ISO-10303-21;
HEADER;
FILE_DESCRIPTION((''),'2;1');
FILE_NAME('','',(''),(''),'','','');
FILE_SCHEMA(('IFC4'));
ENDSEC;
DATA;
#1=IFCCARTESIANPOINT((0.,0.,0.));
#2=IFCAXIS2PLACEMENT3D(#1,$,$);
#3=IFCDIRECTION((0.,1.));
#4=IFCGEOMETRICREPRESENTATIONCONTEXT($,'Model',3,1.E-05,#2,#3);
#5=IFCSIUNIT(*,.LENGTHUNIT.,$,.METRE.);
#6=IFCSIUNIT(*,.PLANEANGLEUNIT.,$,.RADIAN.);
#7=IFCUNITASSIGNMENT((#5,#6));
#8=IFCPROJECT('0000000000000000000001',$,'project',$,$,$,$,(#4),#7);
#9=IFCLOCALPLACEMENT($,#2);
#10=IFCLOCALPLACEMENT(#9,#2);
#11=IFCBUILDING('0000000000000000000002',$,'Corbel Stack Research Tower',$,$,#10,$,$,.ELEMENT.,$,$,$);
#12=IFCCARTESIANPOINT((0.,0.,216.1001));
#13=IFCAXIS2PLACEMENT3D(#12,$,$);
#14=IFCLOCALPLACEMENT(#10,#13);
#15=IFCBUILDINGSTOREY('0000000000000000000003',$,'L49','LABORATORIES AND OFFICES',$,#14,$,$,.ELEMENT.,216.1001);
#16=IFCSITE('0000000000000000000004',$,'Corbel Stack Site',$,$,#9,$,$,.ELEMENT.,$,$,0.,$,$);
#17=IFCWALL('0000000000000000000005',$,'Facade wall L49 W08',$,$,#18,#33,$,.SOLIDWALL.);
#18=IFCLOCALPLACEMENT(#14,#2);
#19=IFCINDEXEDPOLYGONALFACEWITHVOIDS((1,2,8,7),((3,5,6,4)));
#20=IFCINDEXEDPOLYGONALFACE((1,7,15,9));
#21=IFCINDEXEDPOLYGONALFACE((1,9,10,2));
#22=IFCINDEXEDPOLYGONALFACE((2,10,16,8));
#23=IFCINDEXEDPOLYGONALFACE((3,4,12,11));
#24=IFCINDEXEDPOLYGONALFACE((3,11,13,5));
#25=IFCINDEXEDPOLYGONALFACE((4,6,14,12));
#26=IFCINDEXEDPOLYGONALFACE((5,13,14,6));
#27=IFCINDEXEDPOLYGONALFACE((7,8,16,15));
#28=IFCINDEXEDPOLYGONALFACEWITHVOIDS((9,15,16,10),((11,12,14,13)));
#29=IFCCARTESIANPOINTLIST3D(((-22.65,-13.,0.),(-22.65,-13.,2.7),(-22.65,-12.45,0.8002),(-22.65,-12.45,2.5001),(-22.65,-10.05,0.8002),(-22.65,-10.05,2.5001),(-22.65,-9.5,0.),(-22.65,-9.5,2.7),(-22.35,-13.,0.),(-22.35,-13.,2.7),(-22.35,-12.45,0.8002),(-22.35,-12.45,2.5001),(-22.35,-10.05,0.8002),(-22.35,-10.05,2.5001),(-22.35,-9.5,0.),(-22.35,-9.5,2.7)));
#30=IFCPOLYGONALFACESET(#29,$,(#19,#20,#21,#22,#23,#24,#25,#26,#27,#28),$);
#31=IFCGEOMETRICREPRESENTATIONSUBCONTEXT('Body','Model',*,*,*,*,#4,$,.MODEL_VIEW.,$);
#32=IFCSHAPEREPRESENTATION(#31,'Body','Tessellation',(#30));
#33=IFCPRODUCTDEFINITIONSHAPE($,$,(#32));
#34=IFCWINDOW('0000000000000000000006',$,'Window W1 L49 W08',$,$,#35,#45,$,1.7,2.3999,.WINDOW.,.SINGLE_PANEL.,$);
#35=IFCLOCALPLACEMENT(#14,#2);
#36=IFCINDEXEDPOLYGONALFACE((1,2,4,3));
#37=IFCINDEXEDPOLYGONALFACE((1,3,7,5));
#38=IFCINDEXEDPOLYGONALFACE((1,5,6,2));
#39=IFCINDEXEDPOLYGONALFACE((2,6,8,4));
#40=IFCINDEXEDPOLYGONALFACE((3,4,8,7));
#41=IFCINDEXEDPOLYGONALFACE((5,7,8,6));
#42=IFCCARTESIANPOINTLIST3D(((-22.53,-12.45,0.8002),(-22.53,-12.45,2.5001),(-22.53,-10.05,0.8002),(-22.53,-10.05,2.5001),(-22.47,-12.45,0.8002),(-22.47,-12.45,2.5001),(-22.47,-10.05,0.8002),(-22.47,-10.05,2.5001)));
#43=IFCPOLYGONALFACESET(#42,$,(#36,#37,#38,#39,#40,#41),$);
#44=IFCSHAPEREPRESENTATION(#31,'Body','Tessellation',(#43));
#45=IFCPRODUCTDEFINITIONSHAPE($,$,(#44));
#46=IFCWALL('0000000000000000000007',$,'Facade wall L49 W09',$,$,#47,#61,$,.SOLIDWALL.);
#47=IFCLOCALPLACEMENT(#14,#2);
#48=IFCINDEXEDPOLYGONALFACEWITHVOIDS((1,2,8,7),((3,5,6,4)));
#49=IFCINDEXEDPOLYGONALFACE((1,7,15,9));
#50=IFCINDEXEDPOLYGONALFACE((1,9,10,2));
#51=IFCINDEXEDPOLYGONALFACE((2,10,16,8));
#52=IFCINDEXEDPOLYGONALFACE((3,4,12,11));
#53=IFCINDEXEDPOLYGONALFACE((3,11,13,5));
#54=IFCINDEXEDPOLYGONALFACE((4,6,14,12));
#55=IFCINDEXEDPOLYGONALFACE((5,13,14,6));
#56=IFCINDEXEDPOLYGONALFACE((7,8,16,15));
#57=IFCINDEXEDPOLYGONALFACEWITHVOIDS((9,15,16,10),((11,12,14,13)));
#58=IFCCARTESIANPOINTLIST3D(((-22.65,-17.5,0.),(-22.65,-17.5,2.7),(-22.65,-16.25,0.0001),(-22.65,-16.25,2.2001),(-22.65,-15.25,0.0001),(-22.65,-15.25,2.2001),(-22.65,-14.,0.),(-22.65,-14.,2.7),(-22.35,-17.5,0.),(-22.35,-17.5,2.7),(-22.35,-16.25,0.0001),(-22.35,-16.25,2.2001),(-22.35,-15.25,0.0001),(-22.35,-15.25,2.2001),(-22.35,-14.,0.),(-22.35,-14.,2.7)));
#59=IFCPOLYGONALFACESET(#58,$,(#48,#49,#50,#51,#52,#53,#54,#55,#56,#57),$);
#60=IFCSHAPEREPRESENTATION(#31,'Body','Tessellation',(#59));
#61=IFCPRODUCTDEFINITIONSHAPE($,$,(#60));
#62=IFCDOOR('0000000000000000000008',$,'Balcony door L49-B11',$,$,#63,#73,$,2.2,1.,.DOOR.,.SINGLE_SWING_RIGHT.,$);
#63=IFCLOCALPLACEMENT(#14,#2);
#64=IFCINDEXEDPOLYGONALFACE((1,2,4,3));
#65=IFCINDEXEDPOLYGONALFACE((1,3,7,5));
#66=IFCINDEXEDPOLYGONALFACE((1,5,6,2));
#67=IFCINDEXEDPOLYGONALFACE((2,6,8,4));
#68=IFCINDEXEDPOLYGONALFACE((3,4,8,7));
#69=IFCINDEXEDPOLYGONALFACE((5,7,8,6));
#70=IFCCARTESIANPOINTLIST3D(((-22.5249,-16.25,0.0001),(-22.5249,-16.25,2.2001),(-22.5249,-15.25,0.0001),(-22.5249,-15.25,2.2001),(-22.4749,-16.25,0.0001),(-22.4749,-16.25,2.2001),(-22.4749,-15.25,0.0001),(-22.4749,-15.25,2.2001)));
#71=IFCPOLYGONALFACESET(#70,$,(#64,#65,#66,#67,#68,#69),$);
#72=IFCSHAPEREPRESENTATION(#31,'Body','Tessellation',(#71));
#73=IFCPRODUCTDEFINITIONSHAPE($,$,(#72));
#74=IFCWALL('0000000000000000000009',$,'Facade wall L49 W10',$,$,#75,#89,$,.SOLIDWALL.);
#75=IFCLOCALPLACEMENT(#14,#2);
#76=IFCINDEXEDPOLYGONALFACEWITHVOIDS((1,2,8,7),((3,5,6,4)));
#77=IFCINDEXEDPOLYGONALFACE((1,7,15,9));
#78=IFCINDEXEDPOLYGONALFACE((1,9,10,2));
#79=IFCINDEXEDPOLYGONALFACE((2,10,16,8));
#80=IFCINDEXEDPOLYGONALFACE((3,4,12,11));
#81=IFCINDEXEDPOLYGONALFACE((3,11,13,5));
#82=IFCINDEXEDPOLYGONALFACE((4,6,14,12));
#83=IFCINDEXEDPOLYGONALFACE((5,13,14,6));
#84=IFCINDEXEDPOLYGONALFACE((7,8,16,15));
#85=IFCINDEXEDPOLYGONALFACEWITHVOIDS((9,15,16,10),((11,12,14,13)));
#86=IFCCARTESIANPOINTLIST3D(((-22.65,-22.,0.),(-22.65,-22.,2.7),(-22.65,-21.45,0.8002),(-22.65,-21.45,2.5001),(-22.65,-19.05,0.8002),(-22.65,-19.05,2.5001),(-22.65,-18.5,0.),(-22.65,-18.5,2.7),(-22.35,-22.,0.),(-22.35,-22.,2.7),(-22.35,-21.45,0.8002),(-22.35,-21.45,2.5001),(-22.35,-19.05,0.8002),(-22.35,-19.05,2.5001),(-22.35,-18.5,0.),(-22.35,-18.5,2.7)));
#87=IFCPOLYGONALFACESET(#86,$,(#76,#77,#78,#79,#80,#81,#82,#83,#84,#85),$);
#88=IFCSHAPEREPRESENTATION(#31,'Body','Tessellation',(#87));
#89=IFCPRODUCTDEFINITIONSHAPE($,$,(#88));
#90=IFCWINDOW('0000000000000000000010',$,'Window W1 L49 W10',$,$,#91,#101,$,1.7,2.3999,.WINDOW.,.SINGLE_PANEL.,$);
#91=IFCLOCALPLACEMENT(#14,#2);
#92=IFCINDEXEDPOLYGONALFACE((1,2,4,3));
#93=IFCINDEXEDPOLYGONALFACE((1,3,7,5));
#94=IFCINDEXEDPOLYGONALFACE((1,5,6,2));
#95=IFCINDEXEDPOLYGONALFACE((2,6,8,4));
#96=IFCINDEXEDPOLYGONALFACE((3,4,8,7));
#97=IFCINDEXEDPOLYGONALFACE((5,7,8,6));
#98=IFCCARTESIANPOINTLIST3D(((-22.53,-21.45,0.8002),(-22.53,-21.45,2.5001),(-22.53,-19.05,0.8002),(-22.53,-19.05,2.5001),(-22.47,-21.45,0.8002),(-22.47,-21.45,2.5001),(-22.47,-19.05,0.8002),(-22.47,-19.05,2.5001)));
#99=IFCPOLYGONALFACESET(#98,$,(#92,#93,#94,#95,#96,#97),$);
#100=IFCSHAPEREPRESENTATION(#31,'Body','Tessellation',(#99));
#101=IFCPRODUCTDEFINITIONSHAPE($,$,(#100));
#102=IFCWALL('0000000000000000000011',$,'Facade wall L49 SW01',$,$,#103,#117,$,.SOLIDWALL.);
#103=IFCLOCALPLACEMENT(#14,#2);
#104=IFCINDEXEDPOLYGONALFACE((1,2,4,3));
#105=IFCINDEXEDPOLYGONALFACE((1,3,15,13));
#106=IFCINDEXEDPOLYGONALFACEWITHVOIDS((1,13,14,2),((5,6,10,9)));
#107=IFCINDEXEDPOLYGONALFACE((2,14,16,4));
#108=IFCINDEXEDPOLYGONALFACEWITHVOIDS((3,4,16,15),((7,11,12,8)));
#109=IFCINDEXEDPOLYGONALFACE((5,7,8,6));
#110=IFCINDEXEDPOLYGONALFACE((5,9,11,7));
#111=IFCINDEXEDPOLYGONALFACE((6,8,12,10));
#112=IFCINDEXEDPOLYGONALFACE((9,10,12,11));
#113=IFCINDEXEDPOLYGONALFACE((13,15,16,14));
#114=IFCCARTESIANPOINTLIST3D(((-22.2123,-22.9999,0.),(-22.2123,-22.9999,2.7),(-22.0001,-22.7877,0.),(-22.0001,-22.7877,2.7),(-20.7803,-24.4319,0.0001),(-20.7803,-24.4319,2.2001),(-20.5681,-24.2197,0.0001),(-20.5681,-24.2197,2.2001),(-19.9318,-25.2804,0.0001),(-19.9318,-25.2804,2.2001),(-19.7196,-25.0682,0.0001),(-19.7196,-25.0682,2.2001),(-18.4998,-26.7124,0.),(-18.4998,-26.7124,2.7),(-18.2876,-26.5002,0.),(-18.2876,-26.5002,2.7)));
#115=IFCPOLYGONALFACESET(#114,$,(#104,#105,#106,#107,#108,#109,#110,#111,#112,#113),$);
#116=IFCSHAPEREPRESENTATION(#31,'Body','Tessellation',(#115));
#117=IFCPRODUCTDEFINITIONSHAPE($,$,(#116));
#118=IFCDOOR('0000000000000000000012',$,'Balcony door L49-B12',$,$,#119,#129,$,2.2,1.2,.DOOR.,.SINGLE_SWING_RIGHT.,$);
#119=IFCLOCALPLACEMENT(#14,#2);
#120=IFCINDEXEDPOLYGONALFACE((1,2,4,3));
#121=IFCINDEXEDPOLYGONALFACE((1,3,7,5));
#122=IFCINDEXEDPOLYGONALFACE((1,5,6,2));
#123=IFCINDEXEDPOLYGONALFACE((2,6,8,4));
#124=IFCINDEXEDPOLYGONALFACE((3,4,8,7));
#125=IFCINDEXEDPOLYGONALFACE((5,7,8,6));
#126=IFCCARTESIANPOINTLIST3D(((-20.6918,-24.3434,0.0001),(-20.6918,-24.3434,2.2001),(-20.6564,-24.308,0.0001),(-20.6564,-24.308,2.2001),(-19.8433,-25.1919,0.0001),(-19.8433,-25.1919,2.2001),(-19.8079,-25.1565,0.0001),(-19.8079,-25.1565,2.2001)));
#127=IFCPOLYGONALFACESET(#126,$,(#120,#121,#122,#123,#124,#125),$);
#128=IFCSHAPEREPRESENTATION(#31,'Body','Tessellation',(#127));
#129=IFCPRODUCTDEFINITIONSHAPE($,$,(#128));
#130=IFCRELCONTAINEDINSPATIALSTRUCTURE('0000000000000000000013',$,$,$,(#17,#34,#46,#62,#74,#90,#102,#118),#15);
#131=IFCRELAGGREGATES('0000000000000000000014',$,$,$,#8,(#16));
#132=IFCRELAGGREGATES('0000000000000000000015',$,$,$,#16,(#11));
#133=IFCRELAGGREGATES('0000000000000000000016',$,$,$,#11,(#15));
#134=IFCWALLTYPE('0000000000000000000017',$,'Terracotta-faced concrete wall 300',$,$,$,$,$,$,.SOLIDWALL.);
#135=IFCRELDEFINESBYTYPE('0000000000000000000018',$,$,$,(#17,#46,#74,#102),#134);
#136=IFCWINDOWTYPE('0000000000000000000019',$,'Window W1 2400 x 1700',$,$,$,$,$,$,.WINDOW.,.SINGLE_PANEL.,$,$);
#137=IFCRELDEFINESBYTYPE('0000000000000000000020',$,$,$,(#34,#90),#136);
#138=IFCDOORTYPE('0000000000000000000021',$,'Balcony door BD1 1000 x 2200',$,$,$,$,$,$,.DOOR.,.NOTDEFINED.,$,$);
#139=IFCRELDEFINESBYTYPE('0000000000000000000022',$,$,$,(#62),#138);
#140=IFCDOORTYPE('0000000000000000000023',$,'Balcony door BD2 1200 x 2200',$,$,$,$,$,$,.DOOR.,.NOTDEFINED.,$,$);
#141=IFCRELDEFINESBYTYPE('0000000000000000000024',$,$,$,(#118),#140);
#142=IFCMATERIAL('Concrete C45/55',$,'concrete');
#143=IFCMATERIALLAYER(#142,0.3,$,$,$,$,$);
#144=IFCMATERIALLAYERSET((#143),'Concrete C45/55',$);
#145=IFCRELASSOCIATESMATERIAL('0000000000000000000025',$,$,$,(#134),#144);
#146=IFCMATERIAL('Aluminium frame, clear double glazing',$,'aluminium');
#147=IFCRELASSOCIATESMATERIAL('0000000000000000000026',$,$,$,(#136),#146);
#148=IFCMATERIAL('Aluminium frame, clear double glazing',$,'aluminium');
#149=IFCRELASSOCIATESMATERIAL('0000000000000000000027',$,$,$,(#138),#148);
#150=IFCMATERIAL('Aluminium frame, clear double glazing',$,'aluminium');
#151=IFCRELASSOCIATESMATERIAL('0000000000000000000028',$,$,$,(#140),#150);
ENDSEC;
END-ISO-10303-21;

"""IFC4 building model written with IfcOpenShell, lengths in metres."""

from ifc_helpers import new_model, si_unit, direction, frame, frame_2d, origin, place, context, subcontext, project, spatial, rectangle, extrude, material, layer, layer_set, type_object, element, fill, save


model = new_model("IFC4")

# Units and contexts
model_context = context("Model", 3, precision=1e-05, world=origin(), true_north=direction((0.0, 1.0)))
body_context = subcontext(model_context, "Body", "Model", "MODEL_VIEW")
ifc_project = project(units=[si_unit("LENGTHUNIT", "METRE"), si_unit("PLANEANGLEUNIT", "RADIAN")], contexts=[model_context])

# Site, building, storey
site_placement = place(None, origin())
site = spatial("IfcSite", under=ifc_project, at=site_placement, Name="Corbel Stack Site", CompositionType="ELEMENT", RefElevation=0.0)
building_placement = place(site_placement, origin())
building = spatial("IfcBuilding", under=site, at=building_placement, Name="Corbel Stack Research Tower", CompositionType="ELEMENT")
storey_placement = place(building_placement, frame((0.0, 0.0, 216.1001)))
storey = spatial("IfcBuildingStorey", under=building, at=storey_placement, Name="L49", Description="LABORATORIES AND OFFICES", CompositionType="ELEMENT", Elevation=216.1001)

# Wall, opening, window
ifc_material_1 = material(Name="Concrete C45/55", Category="concrete")
ifc_layer_1 = layer(ifc_material_1, 0.3)
ifc_layer_set_1 = layer_set([ifc_layer_1], Name="Concrete C45/55")
wall_type_1 = type_object("IfcWallType", Name="Terracotta-faced concrete wall 300", PredefinedType="SOLIDWALL", material=ifc_layer_set_1)
wall_1_placement = place(storey_placement, frame((-22.5, -13.0, 0.0), z_axis=(0.0, 0.0, 1.0), x_axis=(0.0, 1.0, 0.0)))
wall_1 = element("IfcWall", 1, at=wall_1_placement, inside=storey, type_object=wall_type_1, Name="Facade wall L49 W08", PredefinedType="SOLIDWALL", context=body_context, shape_type="SweptSolid", body=[
    extrude(rectangle(XDim=3.5, YDim=0.3, at=frame_2d((1.75, 0.0))), origin(), (0.0, 0.0, 1.0), 2.7),
])
opening_1_placement = place(wall_1_placement, frame((0.55, 0.0, 0.8)))
opening_1 = element("IfcOpeningElement", 2, at=opening_1_placement, cuts=wall_1, PredefinedType="OPENING", context=body_context, shape_type="SweptSolid", body=[
    extrude(rectangle(XDim=2.3999, YDim=1.7, at=frame_2d((1.2, 0.8501))), frame((0.0, 0.1599, 0.0), z_axis=(0.0, -1.0, 0.0), x_axis=(1.0, 0.0, 0.0)), (0.0, 0.0, 1.0), 0.3201),
])
ifc_material_2 = material(Name="Aluminium frame, clear double glazing", Category="aluminium")
window_type = type_object("IfcWindowType", Name="Window W1 2400 x 1700", PartitioningType="SINGLE_PANEL", PredefinedType="WINDOW", material=ifc_material_2)
window_1_placement = place(opening_1_placement, origin())
window_1 = element("IfcWindow", 3, at=window_1_placement, inside=storey, type_object=window_type, Name="Window W1 L49 W08", OverallHeight=1.7, OverallWidth=2.3999, PartitioningType="SINGLE_PANEL", PredefinedType="WINDOW", context=body_context, shape_type="SweptSolid", body=[
    extrude(rectangle(XDim=2.3999, YDim=1.7, at=frame_2d((1.2, 0.8501))), frame((0.0, 0.03, 0.0), z_axis=(0.0, -1.0, 0.0), x_axis=(1.0, 0.0, 0.0)), (0.0, 0.0, 1.0), 0.0601),
])
fill(opening_1, window_1)

# Wall, opening, door
wall_2_placement = place(storey_placement, frame((-22.5, -17.5, 0.0), z_axis=(0.0, 0.0, 1.0), x_axis=(0.0, 1.0, 0.0)))
wall_2 = element("IfcWall", 4, at=wall_2_placement, inside=storey, type_object=wall_type_1, Name="Facade wall L49 W09", PredefinedType="SOLIDWALL", context=body_context, shape_type="SweptSolid", body=[
    extrude(rectangle(XDim=3.5, YDim=0.3, at=frame_2d((1.75, 0.0))), origin(), (0.0, 0.0, 1.0), 2.7),
])
opening_2_placement = place(wall_2_placement, frame((1.25, 0.0, 0.0)))
opening_2 = element("IfcOpeningElement", 5, at=opening_2_placement, cuts=wall_2, PredefinedType="OPENING", context=body_context, shape_type="SweptSolid", body=[
    extrude(rectangle(XDim=1.0, YDim=2.2, at=frame_2d((0.5, 1.1001))), frame((0.0, 0.1599, 0.0), z_axis=(0.0, -1.0, 0.0), x_axis=(1.0, 0.0, 0.0)), (0.0, 0.0, 1.0), 0.3201),
])
ifc_material_3 = material(Name="Aluminium frame, clear double glazing", Category="aluminium")
door_type_1 = type_object("IfcDoorType", Name="Balcony door BD1 1000 x 2200", OperationType="NOTDEFINED", PredefinedType="DOOR", material=ifc_material_3)
door_1_placement = place(opening_2_placement, origin())
door_1 = element("IfcDoor", 6, at=door_1_placement, inside=storey, type_object=door_type_1, Name="Balcony door L49-B11", OperationType="SINGLE_SWING_RIGHT", OverallHeight=2.2, OverallWidth=1.0, PredefinedType="DOOR", context=body_context, shape_type="SweptSolid", body=[
    extrude(rectangle(XDim=1.0, YDim=2.2, at=frame_2d((0.5, 1.1001))), frame((0.0, 0.0249, 0.0), z_axis=(0.0, -1.0, 0.0), x_axis=(1.0, 0.0, 0.0)), (0.0, 0.0, 1.0), 0.05),
])
fill(opening_2, door_1)

# Wall, opening, window
wall_3_placement = place(storey_placement, frame((-22.5, -22.0, 0.0), z_axis=(0.0, 0.0, 1.0), x_axis=(0.0, 1.0, 0.0)))
wall_3 = element("IfcWall", 7, at=wall_3_placement, inside=storey, type_object=wall_type_1, Name="Facade wall L49 W10", PredefinedType="SOLIDWALL", context=body_context, shape_type="SweptSolid", body=[
    extrude(rectangle(XDim=3.5, YDim=0.3, at=frame_2d((1.75, 0.0))), origin(), (0.0, 0.0, 1.0), 2.7),
])
opening_3_placement = place(wall_3_placement, frame((0.55, 0.0, 0.8)))
opening_3 = element("IfcOpeningElement", 8, at=opening_3_placement, cuts=wall_3, PredefinedType="OPENING", context=body_context, shape_type="SweptSolid", body=[
    extrude(rectangle(XDim=2.3999, YDim=1.7, at=frame_2d((1.2, 0.8501))), frame((0.0, 0.1599, 0.0), z_axis=(0.0, -1.0, 0.0), x_axis=(1.0, 0.0, 0.0)), (0.0, 0.0, 1.0), 0.3201),
])
window_2_placement = place(opening_3_placement, origin())
window_2 = element("IfcWindow", 9, at=window_2_placement, inside=storey, type_object=window_type, Name="Window W1 L49 W10", OverallHeight=1.7, OverallWidth=2.3999, PartitioningType="SINGLE_PANEL", PredefinedType="WINDOW", context=body_context, shape_type="SweptSolid", body=[
    extrude(rectangle(XDim=2.3999, YDim=1.7, at=frame_2d((1.2, 0.8501))), frame((0.0, 0.03, 0.0), z_axis=(0.0, -1.0, 0.0), x_axis=(1.0, 0.0, 0.0)), (0.0, 0.0, 1.0), 0.0601),
])
fill(opening_3, window_2)

# Wall, opening, door
wall_4_placement = place(storey_placement, frame((-18.3938, -26.6062, 0.0), z_axis=(0.0, 0.0, 1.0), x_axis=(-0.707107, 0.707107, 0.0)))
wall_4 = element("IfcWall", 10, at=wall_4_placement, inside=storey, type_object=wall_type_1, Name="Facade wall L49 SW01", PredefinedType="SOLIDWALL", context=body_context, shape_type="SweptSolid", body=[
    extrude(rectangle(XDim=5.2502, YDim=0.3, at=frame_2d((2.625, 0.0))), origin(), (0.0, 0.0, 1.0), 2.7),
])
opening_4_placement = place(wall_4_placement, frame((2.0249, 0.0, 0.0)))
opening_4 = element("IfcOpeningElement", 11, at=opening_4_placement, cuts=wall_4, PredefinedType="OPENING", context=body_context, shape_type="SweptSolid", body=[
    extrude(rectangle(XDim=1.2, YDim=2.2, at=frame_2d((0.6001, 1.1001))), frame((0.0, 0.1599, 0.0), z_axis=(0.0, -1.0, 0.0), x_axis=(1.0, 0.0, 0.0)), (0.0, 0.0, 1.0), 0.3201),
])
ifc_material_4 = material(Name="Aluminium frame, clear double glazing", Category="aluminium")
door_type_2 = type_object("IfcDoorType", Name="Balcony door BD2 1200 x 2200", OperationType="NOTDEFINED", PredefinedType="DOOR", material=ifc_material_4)
door_2_placement = place(opening_4_placement, origin())
door_2 = element("IfcDoor", 12, at=door_2_placement, inside=storey, type_object=door_type_2, Name="Balcony door L49-B12", OperationType="SINGLE_SWING_RIGHT", OverallHeight=2.2, OverallWidth=1.2, PredefinedType="DOOR", context=body_context, shape_type="SweptSolid", body=[
    extrude(rectangle(XDim=1.2, YDim=2.2, at=frame_2d((0.6001, 1.1001))), frame((0.0, 0.0249, 0.0), z_axis=(0.0, -1.0, 0.0), x_axis=(1.0, 0.0, 0.0)), (0.0, 0.0, 1.0), 0.05),
])
fill(opening_4, door_2)

save(model, "model.ifc")
